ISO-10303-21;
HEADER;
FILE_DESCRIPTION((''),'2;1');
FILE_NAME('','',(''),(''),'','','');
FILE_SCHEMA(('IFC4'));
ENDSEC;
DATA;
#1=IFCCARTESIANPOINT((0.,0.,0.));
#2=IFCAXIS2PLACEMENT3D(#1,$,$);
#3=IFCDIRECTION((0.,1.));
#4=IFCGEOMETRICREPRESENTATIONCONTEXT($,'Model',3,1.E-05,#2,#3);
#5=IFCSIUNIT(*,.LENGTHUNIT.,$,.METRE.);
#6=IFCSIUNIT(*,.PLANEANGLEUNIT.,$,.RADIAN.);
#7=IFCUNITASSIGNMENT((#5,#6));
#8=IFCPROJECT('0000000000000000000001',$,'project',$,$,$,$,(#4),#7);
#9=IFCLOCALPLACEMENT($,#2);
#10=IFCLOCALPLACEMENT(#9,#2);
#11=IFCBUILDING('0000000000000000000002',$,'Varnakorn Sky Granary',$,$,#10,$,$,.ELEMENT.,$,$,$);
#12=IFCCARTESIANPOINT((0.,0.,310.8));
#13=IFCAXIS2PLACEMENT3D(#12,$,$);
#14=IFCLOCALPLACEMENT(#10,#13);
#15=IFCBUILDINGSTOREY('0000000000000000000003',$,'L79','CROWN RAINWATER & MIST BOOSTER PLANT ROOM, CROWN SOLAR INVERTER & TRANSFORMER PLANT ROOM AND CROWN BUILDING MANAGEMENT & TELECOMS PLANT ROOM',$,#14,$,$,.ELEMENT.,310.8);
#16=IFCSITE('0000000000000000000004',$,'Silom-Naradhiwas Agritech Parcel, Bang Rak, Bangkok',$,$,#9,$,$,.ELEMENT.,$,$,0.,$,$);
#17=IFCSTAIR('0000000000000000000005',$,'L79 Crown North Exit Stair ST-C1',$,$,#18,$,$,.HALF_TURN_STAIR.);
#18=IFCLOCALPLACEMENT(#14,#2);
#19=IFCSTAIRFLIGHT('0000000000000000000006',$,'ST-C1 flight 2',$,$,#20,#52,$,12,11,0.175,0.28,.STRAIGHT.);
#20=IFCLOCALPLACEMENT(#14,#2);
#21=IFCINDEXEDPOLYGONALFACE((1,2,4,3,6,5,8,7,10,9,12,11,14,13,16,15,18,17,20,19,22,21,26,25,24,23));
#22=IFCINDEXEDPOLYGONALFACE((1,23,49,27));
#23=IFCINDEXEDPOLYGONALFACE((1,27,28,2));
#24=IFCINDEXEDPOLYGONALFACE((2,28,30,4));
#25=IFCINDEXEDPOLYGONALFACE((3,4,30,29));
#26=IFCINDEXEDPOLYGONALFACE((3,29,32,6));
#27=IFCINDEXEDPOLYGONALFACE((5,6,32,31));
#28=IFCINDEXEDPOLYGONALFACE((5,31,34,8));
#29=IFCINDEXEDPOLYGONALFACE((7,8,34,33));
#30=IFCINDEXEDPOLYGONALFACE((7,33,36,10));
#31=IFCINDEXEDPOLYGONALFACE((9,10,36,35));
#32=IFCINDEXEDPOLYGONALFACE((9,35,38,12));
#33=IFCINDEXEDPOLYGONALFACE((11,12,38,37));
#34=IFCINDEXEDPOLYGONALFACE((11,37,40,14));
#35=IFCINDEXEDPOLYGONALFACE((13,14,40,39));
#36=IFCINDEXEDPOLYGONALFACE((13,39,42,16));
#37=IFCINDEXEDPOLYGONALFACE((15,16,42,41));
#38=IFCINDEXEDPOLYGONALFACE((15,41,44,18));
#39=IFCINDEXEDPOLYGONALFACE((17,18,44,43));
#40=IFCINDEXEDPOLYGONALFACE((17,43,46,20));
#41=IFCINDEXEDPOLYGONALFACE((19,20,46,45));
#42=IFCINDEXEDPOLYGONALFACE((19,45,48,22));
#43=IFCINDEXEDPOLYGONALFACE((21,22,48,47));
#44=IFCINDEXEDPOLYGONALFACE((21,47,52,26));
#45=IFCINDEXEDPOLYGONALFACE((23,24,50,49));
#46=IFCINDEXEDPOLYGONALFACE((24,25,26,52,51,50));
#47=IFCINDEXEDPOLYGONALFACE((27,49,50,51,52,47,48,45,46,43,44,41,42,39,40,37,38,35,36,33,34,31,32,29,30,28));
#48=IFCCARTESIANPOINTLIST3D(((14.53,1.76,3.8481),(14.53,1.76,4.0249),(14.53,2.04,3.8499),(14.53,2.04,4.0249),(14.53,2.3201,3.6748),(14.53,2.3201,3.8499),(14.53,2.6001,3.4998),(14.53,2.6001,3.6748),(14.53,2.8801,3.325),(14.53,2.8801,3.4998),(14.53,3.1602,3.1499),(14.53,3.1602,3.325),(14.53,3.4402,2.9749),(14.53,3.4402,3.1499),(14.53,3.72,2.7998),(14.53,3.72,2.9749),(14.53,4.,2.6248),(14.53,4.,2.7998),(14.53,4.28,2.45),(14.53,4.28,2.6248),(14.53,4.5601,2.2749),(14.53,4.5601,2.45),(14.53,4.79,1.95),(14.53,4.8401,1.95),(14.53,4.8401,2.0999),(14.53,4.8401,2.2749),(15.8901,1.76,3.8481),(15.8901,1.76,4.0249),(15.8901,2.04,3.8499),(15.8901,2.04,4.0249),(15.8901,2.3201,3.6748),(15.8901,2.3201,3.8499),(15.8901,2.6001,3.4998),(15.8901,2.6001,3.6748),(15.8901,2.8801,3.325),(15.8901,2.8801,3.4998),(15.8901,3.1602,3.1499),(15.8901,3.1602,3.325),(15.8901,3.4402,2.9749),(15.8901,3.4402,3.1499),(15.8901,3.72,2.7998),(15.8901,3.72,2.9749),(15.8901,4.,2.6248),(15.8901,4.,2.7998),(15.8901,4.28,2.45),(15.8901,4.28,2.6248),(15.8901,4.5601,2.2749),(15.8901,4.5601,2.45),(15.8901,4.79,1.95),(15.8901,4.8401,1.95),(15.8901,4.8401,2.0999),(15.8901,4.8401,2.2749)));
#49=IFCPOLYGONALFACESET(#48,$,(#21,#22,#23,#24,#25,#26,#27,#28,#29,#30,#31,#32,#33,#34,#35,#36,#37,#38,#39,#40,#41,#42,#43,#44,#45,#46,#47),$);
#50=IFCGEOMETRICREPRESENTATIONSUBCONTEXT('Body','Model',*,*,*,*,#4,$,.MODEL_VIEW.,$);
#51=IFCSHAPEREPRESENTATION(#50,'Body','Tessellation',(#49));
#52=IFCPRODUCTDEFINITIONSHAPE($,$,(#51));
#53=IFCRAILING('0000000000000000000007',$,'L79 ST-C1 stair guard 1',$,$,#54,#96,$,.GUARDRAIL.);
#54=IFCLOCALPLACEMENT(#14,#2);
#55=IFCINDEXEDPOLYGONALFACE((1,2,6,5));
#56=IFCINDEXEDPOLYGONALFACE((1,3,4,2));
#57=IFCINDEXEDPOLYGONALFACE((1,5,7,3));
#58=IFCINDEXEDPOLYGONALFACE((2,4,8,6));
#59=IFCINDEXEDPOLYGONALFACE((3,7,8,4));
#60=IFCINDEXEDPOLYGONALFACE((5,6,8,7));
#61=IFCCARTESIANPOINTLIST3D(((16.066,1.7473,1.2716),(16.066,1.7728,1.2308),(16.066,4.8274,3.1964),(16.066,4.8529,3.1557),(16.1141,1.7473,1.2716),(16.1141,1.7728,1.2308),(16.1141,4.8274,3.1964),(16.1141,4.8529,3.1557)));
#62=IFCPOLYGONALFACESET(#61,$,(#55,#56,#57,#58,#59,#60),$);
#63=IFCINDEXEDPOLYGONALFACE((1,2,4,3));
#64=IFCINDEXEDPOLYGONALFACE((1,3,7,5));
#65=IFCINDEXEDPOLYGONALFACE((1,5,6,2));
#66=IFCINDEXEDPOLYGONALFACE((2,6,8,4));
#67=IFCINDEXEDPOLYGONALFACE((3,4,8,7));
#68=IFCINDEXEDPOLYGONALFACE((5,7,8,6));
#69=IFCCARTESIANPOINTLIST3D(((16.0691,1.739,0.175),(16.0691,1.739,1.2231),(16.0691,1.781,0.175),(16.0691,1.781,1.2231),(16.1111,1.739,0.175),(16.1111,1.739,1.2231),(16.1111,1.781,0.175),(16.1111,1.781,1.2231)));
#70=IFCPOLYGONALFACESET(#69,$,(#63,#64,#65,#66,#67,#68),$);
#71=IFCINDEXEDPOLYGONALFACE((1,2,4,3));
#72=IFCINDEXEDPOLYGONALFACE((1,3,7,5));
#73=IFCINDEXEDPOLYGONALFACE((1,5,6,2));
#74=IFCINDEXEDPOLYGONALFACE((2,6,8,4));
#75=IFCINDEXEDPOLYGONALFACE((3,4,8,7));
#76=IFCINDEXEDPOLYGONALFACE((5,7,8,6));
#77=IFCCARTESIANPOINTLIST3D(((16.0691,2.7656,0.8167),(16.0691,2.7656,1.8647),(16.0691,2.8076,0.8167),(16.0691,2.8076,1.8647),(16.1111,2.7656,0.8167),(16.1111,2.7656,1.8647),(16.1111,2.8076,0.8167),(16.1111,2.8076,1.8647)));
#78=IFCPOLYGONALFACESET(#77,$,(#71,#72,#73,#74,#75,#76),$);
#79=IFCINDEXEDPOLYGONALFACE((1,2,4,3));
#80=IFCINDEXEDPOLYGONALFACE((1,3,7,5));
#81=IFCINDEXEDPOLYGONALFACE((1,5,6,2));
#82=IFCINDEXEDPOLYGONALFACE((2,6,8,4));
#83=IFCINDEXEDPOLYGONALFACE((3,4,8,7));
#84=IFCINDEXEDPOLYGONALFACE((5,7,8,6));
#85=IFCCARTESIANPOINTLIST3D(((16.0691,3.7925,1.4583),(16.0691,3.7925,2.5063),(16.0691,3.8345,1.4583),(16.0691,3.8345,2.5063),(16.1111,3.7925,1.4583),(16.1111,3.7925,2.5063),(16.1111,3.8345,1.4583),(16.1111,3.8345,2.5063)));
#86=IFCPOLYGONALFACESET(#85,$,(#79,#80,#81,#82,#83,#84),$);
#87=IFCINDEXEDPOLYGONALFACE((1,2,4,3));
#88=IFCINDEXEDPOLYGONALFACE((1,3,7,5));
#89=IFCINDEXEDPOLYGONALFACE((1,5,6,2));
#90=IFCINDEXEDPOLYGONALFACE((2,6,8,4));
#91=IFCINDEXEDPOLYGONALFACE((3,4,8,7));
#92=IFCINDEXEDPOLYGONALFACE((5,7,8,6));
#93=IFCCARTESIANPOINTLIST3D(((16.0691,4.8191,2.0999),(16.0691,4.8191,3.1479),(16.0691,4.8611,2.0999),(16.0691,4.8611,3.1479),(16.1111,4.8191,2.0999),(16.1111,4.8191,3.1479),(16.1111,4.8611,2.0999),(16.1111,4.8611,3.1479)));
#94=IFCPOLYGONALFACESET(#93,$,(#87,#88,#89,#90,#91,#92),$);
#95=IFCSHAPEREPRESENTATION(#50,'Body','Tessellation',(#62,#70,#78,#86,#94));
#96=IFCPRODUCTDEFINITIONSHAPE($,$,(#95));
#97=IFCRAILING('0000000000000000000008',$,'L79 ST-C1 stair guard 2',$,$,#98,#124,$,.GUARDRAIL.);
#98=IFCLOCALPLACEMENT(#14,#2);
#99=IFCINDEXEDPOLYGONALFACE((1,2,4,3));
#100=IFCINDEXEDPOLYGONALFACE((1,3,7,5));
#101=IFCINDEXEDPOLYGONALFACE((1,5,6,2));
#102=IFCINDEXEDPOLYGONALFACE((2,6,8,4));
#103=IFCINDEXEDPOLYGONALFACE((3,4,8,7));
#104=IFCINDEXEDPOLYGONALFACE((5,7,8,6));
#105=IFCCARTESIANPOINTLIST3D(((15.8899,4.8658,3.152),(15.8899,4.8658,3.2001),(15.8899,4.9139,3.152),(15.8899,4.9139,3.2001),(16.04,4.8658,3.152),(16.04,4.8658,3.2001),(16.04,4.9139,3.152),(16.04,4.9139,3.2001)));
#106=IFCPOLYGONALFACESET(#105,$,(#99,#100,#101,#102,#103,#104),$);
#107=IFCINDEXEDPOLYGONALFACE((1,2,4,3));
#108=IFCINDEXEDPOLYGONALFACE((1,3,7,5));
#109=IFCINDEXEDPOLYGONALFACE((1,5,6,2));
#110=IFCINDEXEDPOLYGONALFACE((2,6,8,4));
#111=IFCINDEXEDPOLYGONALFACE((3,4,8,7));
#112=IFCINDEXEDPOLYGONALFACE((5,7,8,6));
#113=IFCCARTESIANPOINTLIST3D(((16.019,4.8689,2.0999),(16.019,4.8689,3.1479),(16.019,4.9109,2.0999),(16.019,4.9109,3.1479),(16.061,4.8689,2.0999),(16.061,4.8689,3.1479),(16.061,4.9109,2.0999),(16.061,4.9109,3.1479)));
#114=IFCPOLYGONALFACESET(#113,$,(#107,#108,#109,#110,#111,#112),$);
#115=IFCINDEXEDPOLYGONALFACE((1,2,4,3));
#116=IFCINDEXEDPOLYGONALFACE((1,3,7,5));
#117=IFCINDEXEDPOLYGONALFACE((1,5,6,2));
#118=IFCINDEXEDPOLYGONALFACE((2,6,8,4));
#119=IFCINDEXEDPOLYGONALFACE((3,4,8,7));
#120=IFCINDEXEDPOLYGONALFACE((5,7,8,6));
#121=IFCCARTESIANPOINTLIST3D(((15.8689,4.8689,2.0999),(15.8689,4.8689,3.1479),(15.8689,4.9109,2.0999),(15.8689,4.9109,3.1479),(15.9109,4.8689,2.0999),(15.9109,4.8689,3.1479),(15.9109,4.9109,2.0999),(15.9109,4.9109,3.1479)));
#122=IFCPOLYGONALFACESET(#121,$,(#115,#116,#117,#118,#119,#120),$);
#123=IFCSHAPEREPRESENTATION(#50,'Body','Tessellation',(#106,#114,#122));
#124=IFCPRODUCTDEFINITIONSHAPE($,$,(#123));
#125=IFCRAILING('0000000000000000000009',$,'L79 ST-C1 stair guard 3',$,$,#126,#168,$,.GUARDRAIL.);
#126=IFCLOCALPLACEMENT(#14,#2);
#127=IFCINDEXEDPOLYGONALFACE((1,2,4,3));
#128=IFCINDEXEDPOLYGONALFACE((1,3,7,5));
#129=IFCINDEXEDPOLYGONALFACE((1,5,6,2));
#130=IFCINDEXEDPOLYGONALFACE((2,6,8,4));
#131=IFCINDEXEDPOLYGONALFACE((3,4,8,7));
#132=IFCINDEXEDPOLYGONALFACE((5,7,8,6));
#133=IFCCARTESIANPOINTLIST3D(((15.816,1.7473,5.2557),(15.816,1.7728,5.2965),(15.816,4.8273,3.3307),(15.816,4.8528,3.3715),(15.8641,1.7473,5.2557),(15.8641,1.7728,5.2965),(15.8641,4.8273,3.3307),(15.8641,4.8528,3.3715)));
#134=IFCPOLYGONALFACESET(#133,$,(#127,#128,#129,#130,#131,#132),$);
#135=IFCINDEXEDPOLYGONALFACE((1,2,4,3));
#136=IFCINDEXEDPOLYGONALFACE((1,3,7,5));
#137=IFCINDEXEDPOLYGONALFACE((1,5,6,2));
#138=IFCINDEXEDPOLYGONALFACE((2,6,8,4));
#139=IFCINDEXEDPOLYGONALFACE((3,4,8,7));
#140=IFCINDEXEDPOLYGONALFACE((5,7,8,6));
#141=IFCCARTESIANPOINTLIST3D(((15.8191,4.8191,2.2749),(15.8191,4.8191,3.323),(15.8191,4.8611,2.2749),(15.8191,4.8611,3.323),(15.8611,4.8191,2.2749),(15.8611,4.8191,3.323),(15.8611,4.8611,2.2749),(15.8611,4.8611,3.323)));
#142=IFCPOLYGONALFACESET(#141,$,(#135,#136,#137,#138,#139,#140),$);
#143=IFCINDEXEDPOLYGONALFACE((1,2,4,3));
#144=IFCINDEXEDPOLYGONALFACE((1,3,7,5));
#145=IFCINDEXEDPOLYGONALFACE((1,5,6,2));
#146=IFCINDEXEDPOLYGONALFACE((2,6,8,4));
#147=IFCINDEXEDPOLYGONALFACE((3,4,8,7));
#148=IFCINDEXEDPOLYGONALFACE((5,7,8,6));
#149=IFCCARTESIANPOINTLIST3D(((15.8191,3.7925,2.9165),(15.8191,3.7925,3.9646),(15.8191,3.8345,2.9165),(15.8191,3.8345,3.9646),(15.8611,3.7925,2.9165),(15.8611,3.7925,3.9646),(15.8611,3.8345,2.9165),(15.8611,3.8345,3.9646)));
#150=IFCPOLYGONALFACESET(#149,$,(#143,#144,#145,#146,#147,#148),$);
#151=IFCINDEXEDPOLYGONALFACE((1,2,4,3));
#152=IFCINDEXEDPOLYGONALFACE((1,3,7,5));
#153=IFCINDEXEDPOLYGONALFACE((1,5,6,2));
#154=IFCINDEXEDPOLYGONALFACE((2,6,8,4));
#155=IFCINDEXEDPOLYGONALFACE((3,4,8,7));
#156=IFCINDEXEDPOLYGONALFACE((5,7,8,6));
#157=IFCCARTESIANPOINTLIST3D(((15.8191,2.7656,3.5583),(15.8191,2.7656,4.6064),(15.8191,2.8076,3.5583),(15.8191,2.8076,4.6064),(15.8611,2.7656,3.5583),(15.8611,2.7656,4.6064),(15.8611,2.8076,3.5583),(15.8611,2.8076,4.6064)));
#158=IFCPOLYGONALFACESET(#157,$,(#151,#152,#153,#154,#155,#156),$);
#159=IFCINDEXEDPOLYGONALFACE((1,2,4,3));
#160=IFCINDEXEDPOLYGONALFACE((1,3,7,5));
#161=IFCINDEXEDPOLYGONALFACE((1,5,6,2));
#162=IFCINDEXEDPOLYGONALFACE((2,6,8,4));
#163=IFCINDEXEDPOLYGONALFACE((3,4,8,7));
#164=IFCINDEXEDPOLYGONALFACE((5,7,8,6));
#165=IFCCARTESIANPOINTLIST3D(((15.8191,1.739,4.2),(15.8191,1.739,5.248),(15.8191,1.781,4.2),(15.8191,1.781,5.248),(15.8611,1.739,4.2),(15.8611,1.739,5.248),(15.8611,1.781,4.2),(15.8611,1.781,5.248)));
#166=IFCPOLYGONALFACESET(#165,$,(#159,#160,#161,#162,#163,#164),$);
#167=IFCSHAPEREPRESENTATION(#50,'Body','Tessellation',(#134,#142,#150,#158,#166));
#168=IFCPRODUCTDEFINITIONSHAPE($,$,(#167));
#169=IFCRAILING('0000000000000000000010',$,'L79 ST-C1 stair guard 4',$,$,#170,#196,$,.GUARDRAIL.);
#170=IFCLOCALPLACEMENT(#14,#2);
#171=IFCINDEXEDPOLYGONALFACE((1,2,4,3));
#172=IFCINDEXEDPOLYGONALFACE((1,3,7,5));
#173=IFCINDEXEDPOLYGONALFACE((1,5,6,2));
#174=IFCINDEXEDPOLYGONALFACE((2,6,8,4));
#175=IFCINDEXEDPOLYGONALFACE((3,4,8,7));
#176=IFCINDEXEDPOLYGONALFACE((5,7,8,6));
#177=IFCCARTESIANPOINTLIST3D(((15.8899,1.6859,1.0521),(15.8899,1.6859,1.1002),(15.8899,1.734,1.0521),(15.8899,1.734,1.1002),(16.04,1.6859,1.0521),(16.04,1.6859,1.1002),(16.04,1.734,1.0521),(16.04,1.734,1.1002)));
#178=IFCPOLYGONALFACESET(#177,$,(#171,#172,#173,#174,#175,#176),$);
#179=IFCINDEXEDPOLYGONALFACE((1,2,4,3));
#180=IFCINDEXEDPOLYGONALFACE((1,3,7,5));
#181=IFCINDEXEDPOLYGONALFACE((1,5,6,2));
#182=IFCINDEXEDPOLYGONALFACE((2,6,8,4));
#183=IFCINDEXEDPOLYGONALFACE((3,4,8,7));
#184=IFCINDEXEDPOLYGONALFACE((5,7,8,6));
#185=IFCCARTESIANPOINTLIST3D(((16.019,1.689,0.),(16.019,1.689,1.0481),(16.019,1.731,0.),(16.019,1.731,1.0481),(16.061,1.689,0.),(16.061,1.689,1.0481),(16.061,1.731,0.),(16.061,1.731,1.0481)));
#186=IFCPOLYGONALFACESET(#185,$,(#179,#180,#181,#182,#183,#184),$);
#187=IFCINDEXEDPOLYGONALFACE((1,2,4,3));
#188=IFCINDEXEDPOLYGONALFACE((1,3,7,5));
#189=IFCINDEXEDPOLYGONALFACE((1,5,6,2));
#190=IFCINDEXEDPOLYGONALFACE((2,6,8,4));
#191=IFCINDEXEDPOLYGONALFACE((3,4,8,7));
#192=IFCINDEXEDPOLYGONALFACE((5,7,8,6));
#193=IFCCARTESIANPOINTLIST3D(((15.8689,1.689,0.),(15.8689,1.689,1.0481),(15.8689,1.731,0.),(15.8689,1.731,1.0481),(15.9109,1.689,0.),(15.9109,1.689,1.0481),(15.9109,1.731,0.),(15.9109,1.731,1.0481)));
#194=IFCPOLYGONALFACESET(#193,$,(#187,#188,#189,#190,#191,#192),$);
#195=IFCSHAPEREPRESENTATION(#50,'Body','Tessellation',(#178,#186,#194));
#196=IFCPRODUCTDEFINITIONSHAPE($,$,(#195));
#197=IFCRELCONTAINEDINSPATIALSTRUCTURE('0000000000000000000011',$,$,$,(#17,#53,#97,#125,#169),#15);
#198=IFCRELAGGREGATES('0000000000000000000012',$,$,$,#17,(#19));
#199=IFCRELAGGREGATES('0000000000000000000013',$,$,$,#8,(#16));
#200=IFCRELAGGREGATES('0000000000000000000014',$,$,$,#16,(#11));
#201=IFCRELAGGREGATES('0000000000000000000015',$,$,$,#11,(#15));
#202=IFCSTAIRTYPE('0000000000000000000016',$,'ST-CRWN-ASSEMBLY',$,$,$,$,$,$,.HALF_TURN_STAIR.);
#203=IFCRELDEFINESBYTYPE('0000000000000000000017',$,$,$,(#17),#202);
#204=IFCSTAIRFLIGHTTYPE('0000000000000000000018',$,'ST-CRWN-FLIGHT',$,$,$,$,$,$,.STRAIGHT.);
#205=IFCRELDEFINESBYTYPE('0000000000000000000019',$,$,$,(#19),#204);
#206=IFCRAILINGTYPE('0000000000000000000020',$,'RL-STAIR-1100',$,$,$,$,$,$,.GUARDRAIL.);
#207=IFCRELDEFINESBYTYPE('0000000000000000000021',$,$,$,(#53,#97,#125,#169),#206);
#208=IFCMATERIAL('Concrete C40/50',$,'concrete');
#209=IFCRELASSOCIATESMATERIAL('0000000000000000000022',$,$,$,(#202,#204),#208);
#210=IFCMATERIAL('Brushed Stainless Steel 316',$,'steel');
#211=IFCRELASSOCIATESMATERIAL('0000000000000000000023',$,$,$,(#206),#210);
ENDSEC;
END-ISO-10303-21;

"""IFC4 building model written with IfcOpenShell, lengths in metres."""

from ifc_helpers import new_model, si_unit, direction, frame, origin, origin_2d, place, context, subcontext, project, spatial, polyline, rectangle, outline, extrude, material, type_object, element, aggregate, save


model = new_model("IFC4")

# Units and contexts
model_context = context("Model", 3, precision=1e-05, world=origin(), true_north=direction((0.0, 1.0)))
body_context = subcontext(model_context, "Body", "Model", "MODEL_VIEW")
ifc_project = project(units=[si_unit("LENGTHUNIT", "METRE"), si_unit("PLANEANGLEUNIT", "RADIAN")], contexts=[model_context])

# Site, building, storey
site_placement = place(None, origin())
site = spatial("IfcSite", under=ifc_project, at=site_placement, Name="Silom-Naradhiwas Agritech Parcel, Bang Rak, Bangkok", CompositionType="ELEMENT", RefElevation=0.0)
building_placement = place(site_placement, origin())
building = spatial("IfcBuilding", under=site, at=building_placement, Name="Varnakorn Sky Granary", CompositionType="ELEMENT")
storey_placement = place(building_placement, frame((0.0, 0.0, 310.8)))
storey = spatial("IfcBuildingStorey", under=building, at=storey_placement, Name="L79", Description="CROWN RAINWATER & MIST BOOSTER PLANT ROOM, CROWN SOLAR INVERTER & TRANSFORMER PLANT ROOM AND CROWN BUILDING MANAGEMENT & TELECOMS PLANT ROOM", CompositionType="ELEMENT", Elevation=310.8)

# Stair, stair flight
ifc_material_1 = material(Name="Concrete C40/50", Category="concrete")
stair_type = type_object("IfcStairType", Name="ST-CRWN-ASSEMBLY", PredefinedType="HALF_TURN_STAIR", material=ifc_material_1)
stair_placement = place(storey_placement, origin())
stair = element("IfcStair", 1, at=stair_placement, inside=storey, type_object=stair_type, Name="L79 Crown North Exit Stair ST-C1", PredefinedType="HALF_TURN_STAIR")
stair_flight_type = type_object("IfcStairFlightType", Name="ST-CRWN-FLIGHT", PredefinedType="STRAIGHT", material=ifc_material_1)
stair_flight_1_placement = place(storey_placement, frame((15.21, 4.8401, 2.0999), z_axis=(0.0, 0.0, 1.0), x_axis=(0.0, -1.0, 0.0)))
stair_flight_1 = element("IfcStairFlight", 2, at=stair_flight_1_placement, type_object=stair_flight_type, Name="ST-C1 flight 2", NumberOfRisers=12, NumberOfTreads=11, PredefinedType="STRAIGHT", RiserHeight=0.175, TreadLength=0.28, context=body_context, shape_type="SweptSolid", body=[
    extrude(outline(polyline([(0.0, -0.1499), (0.0, 0.0), (0.0, 0.175), (0.28, 0.175), (0.28, 0.3501), (0.5601, 0.3501), (0.5601, 0.5249), (0.8401, 0.5249), (0.8401, 0.7), (1.1201, 0.7), (1.1201, 0.875), (1.3999, 0.875), (1.3999, 1.05), (1.6799, 1.05), (1.6799, 1.2251), (1.96, 1.2251), (1.96, 1.3999), (2.24, 1.3999), (2.24, 1.575), (2.52, 1.575), (2.52, 1.75), (2.8, 1.75), (2.8, 1.925), (3.0801, 1.925), (3.0801, 2.1001), (3.0801, 1.7483), (0.05, -0.1499), (0.0, -0.1499)])), frame((0.0, 0.6802, 0.0), z_axis=(0.0, -1.0, 0.0), x_axis=(1.0, 0.0, 0.0)), (0.0, 0.0, 1.0), 1.3601),
])
aggregate(stair, [stair_flight_1])

# Railings
ifc_material_2 = material(Name="Brushed Stainless Steel 316", Category="steel")
railing_type_1 = type_object("IfcRailingType", Name="RL-STAIR-1100", PredefinedType="GUARDRAIL", material=ifc_material_2)
railing_1_placement = place(storey_placement, frame((16.0901, 1.76, 0.175)))
element("IfcRailing", 3, at=railing_1_placement, inside=storey, type_object=railing_type_1, Name="L79 ST-C1 stair guard 1", PredefinedType="GUARDRAIL", context=body_context, shape_type="SweptSolid", body=[
    extrude(rectangle(XDim=0.0481, YDim=0.0481, at=origin_2d()), frame((0.0, 0.0, 1.0762), z_axis=(0.0, 0.848029, 0.529951), x_axis=(-1.0, 0.0, 0.0)), (0.0, 0.0, 1.0), 3.6321),
    extrude(rectangle(XDim=0.042, YDim=0.042, at=origin_2d()), origin(), (0.0, 0.0, 1.0), 1.0481),
    extrude(rectangle(XDim=0.042, YDim=0.042, at=origin_2d()), frame((0.0, 1.0266, 0.6416)), (0.0, 0.0, 1.0), 1.0481),
    extrude(rectangle(XDim=0.042, YDim=0.042, at=origin_2d()), frame((0.0, 2.0535, 1.2832)), (0.0, 0.0, 1.0), 1.0481),
    extrude(rectangle(XDim=0.042, YDim=0.042, at=origin_2d()), frame((0.0, 3.0801, 1.9248)), (0.0, 0.0, 1.0), 1.0481),
])
railing_2_placement = place(storey_placement, frame((16.04, 4.8899, 2.0999)))
element("IfcRailing", 4, at=railing_2_placement, inside=storey, type_object=railing_type_1, Name="L79 ST-C1 stair guard 2", PredefinedType="GUARDRAIL", context=body_context, shape_type="SweptSolid", body=[
    extrude(rectangle(XDim=0.0481, YDim=0.0481, at=origin_2d()), frame((0.0, 0.0, 1.0762), z_axis=(-1.0, 0.0, 0.0), x_axis=(0.0, -1.0, 0.0)), (0.0, 0.0, 1.0), 0.1501),
    extrude(rectangle(XDim=0.042, YDim=0.042, at=origin_2d()), origin(), (0.0, 0.0, 1.0), 1.0481),
    extrude(rectangle(XDim=0.042, YDim=0.042, at=origin_2d()), frame((-0.1501, 0.0, 0.0)), (0.0, 0.0, 1.0), 1.0481),
])
railing_3_placement = place(storey_placement, frame((15.8401, 4.8401, 2.2749)))
element("IfcRailing", 5, at=railing_3_placement, inside=storey, type_object=railing_type_1, Name="L79 ST-C1 stair guard 3", PredefinedType="GUARDRAIL", context=body_context, shape_type="SweptSolid", body=[
    extrude(rectangle(XDim=0.0481, YDim=0.0481, at=origin_2d()), frame((0.0, 0.0, 1.0762), z_axis=(0.0, -0.847998, 0.529999), x_axis=(1.0, 0.0, 0.0)), (0.0, 0.0, 1.0), 3.6321),
    extrude(rectangle(XDim=0.042, YDim=0.042, at=origin_2d()), origin(), (0.0, 0.0, 1.0), 1.0481),
    extrude(rectangle(XDim=0.042, YDim=0.042, at=origin_2d()), frame((0.0, -1.0266, 0.6416)), (0.0, 0.0, 1.0), 1.0481),
    extrude(rectangle(XDim=0.042, YDim=0.042, at=origin_2d()), frame((0.0, -2.0535, 1.2834)), (0.0, 0.0, 1.0), 1.0481),
    extrude(rectangle(XDim=0.042, YDim=0.042, at=origin_2d()), frame((0.0, -3.0801, 1.925)), (0.0, 0.0, 1.0), 1.0481),
])
railing_4_placement = place(storey_placement, frame((16.04, 1.71, 0.0)))
element("IfcRailing", 6, at=railing_4_placement, inside=storey, type_object=railing_type_1, Name="L79 ST-C1 stair guard 4", PredefinedType="GUARDRAIL", context=body_context, shape_type="SweptSolid", body=[
    extrude(rectangle(XDim=0.0481, YDim=0.0481, at=origin_2d()), frame((0.0, 0.0, 1.0762), z_axis=(-1.0, 0.0, 0.0), x_axis=(0.0, -1.0, 0.0)), (0.0, 0.0, 1.0), 0.1501),
    extrude(rectangle(XDim=0.042, YDim=0.042, at=origin_2d()), origin(), (0.0, 0.0, 1.0), 1.0481),
    extrude(rectangle(XDim=0.042, YDim=0.042, at=origin_2d()), frame((-0.1501, 0.0, 0.0)), (0.0, 0.0, 1.0), 1.0481),
])

save(model, "model.ifc")
